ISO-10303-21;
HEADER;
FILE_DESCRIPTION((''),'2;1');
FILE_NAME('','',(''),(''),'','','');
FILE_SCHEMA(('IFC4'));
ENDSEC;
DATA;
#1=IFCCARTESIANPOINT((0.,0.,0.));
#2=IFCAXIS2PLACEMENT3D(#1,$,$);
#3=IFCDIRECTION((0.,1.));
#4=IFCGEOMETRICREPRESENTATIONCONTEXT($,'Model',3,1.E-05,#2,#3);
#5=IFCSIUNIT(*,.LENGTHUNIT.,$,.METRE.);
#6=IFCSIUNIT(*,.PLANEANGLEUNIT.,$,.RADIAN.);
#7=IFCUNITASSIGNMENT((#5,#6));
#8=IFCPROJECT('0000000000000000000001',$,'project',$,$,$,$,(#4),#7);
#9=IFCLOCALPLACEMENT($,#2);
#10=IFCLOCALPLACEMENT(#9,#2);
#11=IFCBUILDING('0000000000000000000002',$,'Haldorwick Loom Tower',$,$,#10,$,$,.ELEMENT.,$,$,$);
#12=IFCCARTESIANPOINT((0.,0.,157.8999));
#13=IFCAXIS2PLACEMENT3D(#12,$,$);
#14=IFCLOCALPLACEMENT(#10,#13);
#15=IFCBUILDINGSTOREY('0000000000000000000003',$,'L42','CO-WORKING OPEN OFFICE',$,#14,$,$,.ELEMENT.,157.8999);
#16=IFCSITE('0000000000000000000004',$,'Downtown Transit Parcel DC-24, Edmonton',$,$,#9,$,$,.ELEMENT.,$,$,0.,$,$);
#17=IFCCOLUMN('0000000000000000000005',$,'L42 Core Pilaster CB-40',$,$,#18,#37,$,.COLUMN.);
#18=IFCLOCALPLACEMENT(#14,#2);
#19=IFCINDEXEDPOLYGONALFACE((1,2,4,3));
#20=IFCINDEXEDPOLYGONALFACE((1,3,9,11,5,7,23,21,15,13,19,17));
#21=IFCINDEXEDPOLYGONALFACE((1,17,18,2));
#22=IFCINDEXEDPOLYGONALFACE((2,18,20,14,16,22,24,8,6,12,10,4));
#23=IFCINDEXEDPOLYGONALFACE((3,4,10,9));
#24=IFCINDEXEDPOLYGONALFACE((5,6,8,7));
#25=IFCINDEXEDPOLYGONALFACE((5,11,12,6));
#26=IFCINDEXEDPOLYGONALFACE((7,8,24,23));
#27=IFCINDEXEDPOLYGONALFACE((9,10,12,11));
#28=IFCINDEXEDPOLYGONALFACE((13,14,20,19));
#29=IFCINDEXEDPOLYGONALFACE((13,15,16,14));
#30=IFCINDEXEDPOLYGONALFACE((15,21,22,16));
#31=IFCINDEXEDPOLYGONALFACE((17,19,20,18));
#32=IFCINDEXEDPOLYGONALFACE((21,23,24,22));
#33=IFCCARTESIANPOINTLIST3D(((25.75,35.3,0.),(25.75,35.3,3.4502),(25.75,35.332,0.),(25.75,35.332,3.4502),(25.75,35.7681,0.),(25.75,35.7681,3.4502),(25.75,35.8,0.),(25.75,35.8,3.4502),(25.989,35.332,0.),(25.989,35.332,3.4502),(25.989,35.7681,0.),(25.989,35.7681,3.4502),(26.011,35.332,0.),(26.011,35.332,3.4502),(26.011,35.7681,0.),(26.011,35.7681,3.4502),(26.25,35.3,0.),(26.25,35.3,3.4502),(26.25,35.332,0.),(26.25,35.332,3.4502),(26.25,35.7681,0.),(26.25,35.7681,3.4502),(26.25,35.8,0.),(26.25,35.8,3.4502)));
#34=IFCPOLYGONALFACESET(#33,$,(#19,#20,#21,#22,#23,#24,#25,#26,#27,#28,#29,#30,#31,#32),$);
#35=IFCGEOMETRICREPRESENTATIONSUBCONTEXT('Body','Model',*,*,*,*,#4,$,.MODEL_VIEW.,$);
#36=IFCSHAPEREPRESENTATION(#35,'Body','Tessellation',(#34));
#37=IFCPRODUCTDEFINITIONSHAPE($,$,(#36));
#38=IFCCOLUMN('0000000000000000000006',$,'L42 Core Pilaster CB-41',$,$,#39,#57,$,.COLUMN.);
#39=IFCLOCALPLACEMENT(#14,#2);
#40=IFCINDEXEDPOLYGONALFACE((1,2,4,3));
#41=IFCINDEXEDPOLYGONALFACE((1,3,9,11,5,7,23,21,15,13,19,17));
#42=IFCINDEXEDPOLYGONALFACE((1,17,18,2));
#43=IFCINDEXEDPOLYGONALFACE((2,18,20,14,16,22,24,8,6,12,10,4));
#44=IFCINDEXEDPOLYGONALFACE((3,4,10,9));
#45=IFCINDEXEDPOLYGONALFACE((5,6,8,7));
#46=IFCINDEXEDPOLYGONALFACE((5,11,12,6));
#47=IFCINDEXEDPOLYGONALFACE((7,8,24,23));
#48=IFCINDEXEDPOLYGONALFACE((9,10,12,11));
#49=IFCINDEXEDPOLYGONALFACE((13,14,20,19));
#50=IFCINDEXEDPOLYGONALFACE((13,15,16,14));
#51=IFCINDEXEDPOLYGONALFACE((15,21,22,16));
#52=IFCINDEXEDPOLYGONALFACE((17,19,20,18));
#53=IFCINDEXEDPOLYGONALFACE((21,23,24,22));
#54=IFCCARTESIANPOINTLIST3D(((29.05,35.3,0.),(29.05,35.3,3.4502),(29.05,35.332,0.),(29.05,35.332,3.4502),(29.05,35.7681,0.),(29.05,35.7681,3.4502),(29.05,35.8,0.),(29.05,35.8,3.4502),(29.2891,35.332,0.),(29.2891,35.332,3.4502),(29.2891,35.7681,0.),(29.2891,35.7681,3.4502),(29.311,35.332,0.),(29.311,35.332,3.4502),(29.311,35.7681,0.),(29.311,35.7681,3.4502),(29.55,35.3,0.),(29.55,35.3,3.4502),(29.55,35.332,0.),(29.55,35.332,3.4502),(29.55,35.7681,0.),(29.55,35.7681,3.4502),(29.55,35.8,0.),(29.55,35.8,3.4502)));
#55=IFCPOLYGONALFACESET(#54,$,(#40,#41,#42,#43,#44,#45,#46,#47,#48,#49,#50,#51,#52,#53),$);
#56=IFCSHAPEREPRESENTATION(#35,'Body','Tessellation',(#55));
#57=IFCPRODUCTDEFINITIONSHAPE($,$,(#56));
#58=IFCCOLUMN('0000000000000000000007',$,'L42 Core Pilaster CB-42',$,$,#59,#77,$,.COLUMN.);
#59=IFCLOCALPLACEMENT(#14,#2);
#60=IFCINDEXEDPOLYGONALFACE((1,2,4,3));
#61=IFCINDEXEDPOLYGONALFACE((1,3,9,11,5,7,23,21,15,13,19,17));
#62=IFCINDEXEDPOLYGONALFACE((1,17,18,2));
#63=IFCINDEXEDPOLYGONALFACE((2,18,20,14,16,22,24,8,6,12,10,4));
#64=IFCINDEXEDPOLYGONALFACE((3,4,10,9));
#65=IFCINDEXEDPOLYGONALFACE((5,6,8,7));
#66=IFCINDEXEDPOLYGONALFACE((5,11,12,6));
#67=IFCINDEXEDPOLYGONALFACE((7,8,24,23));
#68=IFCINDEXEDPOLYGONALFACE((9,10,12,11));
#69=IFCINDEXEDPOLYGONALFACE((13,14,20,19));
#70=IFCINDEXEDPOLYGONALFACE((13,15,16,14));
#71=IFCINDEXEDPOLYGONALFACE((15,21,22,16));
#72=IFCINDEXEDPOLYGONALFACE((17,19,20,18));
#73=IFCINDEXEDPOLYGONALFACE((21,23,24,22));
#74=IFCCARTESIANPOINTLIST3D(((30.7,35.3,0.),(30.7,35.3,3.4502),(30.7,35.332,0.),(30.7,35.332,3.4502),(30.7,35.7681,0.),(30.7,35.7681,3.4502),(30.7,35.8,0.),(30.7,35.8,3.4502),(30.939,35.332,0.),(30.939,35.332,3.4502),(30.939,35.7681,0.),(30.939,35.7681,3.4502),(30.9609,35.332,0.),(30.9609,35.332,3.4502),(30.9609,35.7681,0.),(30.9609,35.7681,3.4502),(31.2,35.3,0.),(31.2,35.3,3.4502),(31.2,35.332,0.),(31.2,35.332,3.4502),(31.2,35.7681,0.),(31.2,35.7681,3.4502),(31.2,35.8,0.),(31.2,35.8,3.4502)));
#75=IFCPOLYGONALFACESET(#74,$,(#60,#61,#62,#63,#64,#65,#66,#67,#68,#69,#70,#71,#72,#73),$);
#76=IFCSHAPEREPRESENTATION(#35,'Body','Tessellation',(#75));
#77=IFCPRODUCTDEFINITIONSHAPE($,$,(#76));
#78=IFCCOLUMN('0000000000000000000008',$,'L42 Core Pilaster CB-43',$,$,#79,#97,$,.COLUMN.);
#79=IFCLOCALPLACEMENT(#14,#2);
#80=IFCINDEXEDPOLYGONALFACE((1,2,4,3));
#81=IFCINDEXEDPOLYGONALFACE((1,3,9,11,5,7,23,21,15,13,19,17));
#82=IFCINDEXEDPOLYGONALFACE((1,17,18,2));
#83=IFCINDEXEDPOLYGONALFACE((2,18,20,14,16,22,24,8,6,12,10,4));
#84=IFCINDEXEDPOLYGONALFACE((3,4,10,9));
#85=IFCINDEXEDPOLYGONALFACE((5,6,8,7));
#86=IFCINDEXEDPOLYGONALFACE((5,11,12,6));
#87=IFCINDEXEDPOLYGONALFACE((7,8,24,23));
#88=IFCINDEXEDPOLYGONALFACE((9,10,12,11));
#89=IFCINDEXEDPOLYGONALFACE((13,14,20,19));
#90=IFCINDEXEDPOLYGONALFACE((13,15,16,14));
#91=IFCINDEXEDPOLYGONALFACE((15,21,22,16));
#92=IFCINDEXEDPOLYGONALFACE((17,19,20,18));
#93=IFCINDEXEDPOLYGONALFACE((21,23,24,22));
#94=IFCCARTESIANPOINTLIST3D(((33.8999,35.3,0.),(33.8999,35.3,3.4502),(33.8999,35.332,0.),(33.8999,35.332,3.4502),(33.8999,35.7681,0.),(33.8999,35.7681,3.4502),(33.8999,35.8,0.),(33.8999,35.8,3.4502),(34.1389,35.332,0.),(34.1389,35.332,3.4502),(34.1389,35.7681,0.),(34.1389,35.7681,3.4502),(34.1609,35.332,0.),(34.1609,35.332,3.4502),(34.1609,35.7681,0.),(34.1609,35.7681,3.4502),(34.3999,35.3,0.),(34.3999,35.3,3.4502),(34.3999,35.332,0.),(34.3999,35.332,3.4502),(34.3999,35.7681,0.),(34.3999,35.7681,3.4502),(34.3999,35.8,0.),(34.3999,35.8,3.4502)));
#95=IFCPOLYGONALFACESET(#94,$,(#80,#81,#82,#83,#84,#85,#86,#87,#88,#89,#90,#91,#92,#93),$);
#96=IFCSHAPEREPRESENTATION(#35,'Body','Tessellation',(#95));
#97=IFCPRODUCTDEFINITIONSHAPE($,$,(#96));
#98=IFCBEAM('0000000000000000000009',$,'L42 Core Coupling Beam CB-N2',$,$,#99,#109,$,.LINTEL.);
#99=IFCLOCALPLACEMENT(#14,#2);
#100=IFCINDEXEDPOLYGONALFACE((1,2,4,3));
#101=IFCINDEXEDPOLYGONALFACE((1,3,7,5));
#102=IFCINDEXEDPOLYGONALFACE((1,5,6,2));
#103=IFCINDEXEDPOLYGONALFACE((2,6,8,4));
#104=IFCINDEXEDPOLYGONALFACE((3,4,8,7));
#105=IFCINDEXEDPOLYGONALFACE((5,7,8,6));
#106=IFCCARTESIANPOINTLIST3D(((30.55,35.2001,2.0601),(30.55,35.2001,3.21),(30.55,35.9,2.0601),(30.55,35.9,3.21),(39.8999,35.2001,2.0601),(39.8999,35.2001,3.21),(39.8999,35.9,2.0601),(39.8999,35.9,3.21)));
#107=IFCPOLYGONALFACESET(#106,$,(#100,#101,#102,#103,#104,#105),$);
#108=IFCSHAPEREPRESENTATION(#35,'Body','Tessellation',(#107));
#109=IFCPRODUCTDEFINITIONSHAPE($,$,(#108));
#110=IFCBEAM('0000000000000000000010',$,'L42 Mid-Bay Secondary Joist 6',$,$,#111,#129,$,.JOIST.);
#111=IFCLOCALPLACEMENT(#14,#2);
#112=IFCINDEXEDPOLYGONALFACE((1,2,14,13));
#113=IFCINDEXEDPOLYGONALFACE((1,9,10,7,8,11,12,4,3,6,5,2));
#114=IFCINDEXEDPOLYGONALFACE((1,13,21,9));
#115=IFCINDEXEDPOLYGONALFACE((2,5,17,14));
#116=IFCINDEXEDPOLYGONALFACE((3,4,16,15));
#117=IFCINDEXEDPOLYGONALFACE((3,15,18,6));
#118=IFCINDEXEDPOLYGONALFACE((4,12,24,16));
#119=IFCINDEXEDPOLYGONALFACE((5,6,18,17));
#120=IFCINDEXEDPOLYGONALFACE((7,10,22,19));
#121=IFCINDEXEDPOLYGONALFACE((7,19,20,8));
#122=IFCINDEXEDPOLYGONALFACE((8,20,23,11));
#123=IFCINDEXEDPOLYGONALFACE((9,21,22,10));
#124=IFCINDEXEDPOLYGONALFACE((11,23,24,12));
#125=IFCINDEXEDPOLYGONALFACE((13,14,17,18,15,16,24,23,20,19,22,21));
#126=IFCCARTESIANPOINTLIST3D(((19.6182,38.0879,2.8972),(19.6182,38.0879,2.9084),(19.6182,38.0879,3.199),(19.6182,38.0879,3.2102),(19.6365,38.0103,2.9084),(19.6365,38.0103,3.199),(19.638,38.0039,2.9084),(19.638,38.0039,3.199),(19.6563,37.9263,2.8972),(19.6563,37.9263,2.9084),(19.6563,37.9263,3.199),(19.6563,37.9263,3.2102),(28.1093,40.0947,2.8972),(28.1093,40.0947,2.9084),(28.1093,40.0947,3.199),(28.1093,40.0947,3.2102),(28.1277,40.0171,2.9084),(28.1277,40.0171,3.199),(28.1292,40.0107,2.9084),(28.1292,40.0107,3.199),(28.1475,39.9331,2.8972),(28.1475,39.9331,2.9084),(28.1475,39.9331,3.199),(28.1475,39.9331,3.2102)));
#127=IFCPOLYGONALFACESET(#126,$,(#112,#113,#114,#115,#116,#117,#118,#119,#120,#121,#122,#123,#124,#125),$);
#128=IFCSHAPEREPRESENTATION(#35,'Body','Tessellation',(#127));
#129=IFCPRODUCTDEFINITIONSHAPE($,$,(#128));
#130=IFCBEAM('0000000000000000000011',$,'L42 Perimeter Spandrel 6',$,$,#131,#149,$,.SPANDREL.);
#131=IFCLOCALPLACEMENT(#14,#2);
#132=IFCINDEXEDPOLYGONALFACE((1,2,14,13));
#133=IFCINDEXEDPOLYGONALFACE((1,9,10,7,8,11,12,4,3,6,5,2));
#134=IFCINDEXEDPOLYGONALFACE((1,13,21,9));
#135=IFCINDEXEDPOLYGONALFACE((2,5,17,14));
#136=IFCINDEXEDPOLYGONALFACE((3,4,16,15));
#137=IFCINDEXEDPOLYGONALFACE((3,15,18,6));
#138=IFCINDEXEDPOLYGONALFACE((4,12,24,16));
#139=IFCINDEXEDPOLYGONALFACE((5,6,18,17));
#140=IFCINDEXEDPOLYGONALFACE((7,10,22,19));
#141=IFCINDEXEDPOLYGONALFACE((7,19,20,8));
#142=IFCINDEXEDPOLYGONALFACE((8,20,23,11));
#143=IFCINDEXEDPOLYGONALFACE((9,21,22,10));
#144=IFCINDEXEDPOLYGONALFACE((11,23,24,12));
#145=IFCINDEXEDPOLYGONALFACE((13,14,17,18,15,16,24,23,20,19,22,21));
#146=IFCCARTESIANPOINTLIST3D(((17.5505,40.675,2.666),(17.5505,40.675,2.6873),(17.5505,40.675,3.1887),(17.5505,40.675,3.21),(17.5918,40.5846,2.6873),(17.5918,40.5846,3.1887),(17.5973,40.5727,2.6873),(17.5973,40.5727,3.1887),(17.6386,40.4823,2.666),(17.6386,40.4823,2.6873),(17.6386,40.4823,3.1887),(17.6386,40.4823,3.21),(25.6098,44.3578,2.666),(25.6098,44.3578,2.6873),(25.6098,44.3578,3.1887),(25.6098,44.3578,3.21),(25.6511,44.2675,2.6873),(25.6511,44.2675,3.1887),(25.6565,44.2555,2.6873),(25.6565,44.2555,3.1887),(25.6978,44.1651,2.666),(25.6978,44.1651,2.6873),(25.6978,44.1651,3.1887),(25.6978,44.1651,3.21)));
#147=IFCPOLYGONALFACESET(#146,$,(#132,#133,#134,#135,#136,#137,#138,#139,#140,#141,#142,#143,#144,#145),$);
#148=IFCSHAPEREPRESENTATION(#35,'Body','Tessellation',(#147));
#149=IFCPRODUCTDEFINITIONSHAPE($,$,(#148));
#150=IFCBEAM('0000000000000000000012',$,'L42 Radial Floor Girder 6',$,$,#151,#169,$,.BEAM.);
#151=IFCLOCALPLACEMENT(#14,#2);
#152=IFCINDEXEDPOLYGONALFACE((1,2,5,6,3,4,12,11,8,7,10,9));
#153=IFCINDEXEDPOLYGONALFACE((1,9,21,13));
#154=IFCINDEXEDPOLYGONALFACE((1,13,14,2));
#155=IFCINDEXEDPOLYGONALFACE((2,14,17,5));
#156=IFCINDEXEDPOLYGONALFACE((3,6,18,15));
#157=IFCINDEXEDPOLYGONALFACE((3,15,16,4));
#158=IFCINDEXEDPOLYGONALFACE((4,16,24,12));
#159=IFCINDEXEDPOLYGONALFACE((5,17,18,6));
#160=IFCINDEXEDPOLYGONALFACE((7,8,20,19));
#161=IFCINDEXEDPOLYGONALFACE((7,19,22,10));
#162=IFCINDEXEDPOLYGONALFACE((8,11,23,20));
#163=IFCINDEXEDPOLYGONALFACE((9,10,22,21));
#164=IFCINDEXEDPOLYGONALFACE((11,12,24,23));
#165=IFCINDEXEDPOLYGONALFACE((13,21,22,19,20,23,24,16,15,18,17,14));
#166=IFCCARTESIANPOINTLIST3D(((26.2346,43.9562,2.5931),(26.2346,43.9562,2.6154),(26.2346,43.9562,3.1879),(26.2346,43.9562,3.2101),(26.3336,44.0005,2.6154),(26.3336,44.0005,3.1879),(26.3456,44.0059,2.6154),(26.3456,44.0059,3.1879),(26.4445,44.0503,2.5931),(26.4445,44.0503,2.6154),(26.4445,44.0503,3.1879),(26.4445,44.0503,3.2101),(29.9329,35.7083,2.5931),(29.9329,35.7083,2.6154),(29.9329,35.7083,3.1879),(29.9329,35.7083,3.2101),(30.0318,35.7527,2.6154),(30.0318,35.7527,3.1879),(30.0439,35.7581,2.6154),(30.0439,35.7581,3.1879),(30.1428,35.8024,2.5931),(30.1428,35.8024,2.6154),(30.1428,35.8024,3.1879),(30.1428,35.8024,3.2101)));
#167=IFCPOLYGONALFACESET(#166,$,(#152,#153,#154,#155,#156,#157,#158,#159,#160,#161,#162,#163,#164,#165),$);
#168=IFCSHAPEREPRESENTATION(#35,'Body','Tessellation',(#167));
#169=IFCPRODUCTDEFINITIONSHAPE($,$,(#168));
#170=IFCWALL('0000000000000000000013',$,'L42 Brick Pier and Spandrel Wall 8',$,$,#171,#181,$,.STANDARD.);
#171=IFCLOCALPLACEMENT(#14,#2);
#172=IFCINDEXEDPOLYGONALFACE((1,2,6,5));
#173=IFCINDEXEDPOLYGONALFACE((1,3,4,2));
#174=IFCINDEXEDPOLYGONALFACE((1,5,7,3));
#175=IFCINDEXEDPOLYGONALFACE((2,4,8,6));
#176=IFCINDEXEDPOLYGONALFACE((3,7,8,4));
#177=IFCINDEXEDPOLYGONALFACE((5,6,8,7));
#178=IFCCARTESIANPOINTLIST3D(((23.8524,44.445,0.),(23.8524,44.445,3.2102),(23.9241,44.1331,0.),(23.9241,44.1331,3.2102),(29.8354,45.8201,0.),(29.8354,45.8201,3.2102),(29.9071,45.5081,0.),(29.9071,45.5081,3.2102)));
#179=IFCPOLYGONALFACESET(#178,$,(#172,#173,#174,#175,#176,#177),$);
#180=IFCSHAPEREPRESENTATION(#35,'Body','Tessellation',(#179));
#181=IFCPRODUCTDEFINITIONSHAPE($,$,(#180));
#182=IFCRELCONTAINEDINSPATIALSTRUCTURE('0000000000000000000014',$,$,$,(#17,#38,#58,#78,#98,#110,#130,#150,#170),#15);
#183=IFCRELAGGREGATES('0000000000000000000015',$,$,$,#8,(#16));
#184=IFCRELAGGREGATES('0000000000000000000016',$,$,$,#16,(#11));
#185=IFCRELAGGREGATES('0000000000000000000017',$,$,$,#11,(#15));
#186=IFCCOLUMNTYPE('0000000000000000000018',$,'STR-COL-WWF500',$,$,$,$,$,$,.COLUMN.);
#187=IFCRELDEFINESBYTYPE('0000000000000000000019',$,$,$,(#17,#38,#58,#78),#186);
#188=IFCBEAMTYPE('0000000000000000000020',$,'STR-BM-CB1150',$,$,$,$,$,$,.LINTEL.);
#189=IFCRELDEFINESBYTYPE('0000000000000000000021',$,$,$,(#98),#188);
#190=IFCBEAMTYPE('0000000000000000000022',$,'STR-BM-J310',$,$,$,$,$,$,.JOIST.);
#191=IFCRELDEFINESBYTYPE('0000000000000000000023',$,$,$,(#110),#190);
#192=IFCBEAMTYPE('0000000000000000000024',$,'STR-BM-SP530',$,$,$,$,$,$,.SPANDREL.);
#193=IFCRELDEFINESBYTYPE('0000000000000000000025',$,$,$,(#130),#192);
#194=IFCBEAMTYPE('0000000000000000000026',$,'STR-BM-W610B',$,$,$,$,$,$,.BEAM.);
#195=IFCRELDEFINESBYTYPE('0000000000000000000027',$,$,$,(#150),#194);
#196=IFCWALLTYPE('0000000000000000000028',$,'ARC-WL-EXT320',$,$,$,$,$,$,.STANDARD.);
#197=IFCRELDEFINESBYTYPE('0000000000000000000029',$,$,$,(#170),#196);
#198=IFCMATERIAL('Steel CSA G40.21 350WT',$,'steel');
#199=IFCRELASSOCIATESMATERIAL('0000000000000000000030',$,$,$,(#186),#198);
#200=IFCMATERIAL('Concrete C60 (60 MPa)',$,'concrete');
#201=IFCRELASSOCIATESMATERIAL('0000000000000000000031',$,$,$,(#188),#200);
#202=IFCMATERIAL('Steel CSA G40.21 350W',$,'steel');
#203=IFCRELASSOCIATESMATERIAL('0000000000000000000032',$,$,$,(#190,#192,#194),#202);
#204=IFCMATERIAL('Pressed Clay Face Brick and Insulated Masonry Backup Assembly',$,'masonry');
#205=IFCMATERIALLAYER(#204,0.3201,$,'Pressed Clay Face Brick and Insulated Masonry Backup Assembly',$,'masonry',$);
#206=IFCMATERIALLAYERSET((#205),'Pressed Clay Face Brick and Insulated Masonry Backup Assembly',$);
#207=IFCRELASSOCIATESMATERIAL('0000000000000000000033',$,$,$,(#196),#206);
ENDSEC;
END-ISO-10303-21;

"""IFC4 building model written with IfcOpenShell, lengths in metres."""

from ifc_helpers import new_model, si_unit, direction, frame, frame_2d, origin, origin_2d, place, context, subcontext, project, spatial, rectangle, i_section, extrude, material, layer, layer_set, material_profile, profile_set, type_object, element, save


model = new_model("IFC4")

# Units and contexts
model_context = context("Model", 3, precision=1e-05, world=origin(), true_north=direction((0.0, 1.0)))
body_context = subcontext(model_context, "Body", "Model", "MODEL_VIEW")
ifc_project = project(units=[si_unit("LENGTHUNIT", "METRE"), si_unit("PLANEANGLEUNIT", "RADIAN")], contexts=[model_context])

# Site, building, storey
site_placement = place(None, origin())
site = spatial("IfcSite", under=ifc_project, at=site_placement, Name="Downtown Transit Parcel DC-24, Edmonton", CompositionType="ELEMENT", RefElevation=0.0)
building_placement = place(site_placement, origin())
building = spatial("IfcBuilding", under=site, at=building_placement, Name="Haldorwick Loom Tower", CompositionType="ELEMENT")
storey_placement = place(building_placement, frame((0.0, 0.0, 157.8999)))
storey = spatial("IfcBuildingStorey", under=building, at=storey_placement, Name="L42", Description="CO-WORKING OPEN OFFICE", CompositionType="ELEMENT", Elevation=157.8999)

# Columns
ifc_material_1 = material(Name="Concrete C60 (60 MPa)", Category="concrete")
ifc_material_2 = material(Name="Steel CSA G40.21 350WT", Category="steel")
ifc_material_profile_1 = material_profile(ifc_material_2, i_section(OverallWidth=0.5, OverallDepth=0.5, WebThickness=0.022, FlangeThickness=0.032, at=origin_2d()), Name="WWF500X500", Category="steel")
ifc_profile_set_1 = profile_set([ifc_material_profile_1], Name="Steel CSA G40.21 350WT")
column_type_1 = type_object("IfcColumnType", Name="STR-COL-WWF500", PredefinedType="COLUMN", material=ifc_profile_set_1)
for number, where, z_axis, x_axis, name in (
    (1, (26.0, 35.55, 0.0), (0.0, 0.0, 1.0), (1.0, 0.0, 0.0), "L42 Core Pilaster CB-40"),
    (2, (29.3, 35.55, 0.0), (0.0, 0.0, 1.0), (1.0, 0.0, 0.0), "L42 Core Pilaster CB-41"),
    (3, (30.95, 35.55, 0.0), (0.0, 0.0, 1.0), (1.0, 0.0, 0.0), "L42 Core Pilaster CB-42"),
    (4, (34.1499, 35.55, 0.0), (0.0, 0.0, 1.0), (1.0, 0.0, 0.0), "L42 Core Pilaster CB-43"),
):
    element("IfcColumn", number, at=place(storey_placement, frame(where, z_axis=z_axis, x_axis=x_axis)), inside=storey, type_object=column_type_1, Name=name, PredefinedType="COLUMN", context=body_context, shape_type="SweptSolid", body=[
        extrude(i_section(OverallWidth=0.5, OverallDepth=0.5, WebThickness=0.022, FlangeThickness=0.032, at=origin_2d()), origin(), (0.0, 0.0, 1.0), 3.4502),
    ])

# Beams
ifc_material_profile_2 = material_profile(ifc_material_1, rectangle(XDim=0.7, YDim=1.1499, at=origin_2d()), Name="RC700X1150", Category="concrete")
ifc_profile_set_2 = profile_set([ifc_material_profile_2], Name="Concrete C60 (60 MPa)")
beam_type_1 = type_object("IfcBeamType", Name="STR-BM-CB1150", PredefinedType="LINTEL", material=ifc_profile_set_2)
beam_1_placement = place(storey_placement, frame((30.55, 35.55, 2.635), z_axis=(1.0, 0.0, 0.0), x_axis=(0.0, 1.0, 0.0)))
element("IfcBeam", 5, at=beam_1_placement, inside=storey, type_object=beam_type_1, Name="L42 Core Coupling Beam CB-N2", PredefinedType="LINTEL", context=body_context, shape_type="SweptSolid", body=[
    extrude(rectangle(XDim=0.7, YDim=1.1499, at=origin_2d()), origin(), (0.0, 0.0, 1.0), 9.3499),
])
ifc_material_3 = material(Name="Steel CSA G40.21 350W", Category="steel")
ifc_material_profile_3 = material_profile(ifc_material_3, i_section(OverallWidth=0.166, OverallDepth=0.313, WebThickness=0.0066, FlangeThickness=0.0112, at=origin_2d()), Name="W310X45", Category="steel")
ifc_profile_set_3 = profile_set([ifc_material_profile_3], Name="Steel CSA G40.21 350W")
beam_type_2 = type_object("IfcBeamType", Name="STR-BM-J310", PredefinedType="JOIST", material=ifc_profile_set_3)
beam_2_placement = place(storey_placement, frame((28.1284, 40.0139, 3.0537), z_axis=(-0.973189, -0.230006, 0.0), x_axis=(0.230006, -0.973189, 0.0)))
element("IfcBeam", 6, at=beam_2_placement, inside=storey, type_object=beam_type_2, Name="L42 Mid-Bay Secondary Joist 6", PredefinedType="JOIST", context=body_context, shape_type="SweptSolid", body=[
    extrude(i_section(OverallWidth=0.166, OverallDepth=0.313, WebThickness=0.0066, FlangeThickness=0.0112, at=origin_2d()), origin(), (0.0, 0.0, 1.0), 8.7251),
])
ifc_material_profile_4 = material_profile(ifc_material_3, i_section(OverallWidth=0.2119, OverallDepth=0.5439, WebThickness=0.0132, FlangeThickness=0.0212, at=origin_2d()), Name="W530X123", Category="steel")
ifc_profile_set_4 = profile_set([ifc_material_profile_4], Name="Steel CSA G40.21 350W")
beam_type_3 = type_object("IfcBeamType", Name="STR-BM-SP530", PredefinedType="SPANDREL", material=ifc_profile_set_4)
beam_3_placement = place(storey_placement, frame((25.6538, 44.2615, 2.938), z_axis=(-0.909534, -0.415629, 0.0), x_axis=(0.415629, -0.909534, 0.0)))
element("IfcBeam", 7, at=beam_3_placement, inside=storey, type_object=beam_type_3, Name="L42 Perimeter Spandrel 6", PredefinedType="SPANDREL", context=body_context, shape_type="SweptSolid", body=[
    extrude(i_section(OverallWidth=0.2119, OverallDepth=0.5439, WebThickness=0.0132, FlangeThickness=0.0212, at=origin_2d()), origin(), (0.0, 0.0, 1.0), 8.8608),
])
ifc_material_profile_5 = material_profile(ifc_material_3, i_section(OverallWidth=0.23, OverallDepth=0.6169, WebThickness=0.0132, FlangeThickness=0.0222, at=origin_2d()), Name="W610X140", Category="steel")
ifc_profile_set_5 = profile_set([ifc_material_profile_5], Name="Steel CSA G40.21 350W")
beam_type_4 = type_object("IfcBeamType", Name="STR-BM-W610B", PredefinedType="BEAM", material=ifc_profile_set_5)
beam_4_placement = place(storey_placement, frame((30.0378, 35.7554, 2.9016), z_axis=(-0.409144, 0.91247, 0.0), x_axis=(-0.91247, -0.409144, 0.0)))
element("IfcBeam", 8, at=beam_4_placement, inside=storey, type_object=beam_type_4, Name="L42 Radial Floor Girder 6", PredefinedType="BEAM", context=body_context, shape_type="SweptSolid", body=[
    extrude(i_section(OverallWidth=0.23, OverallDepth=0.6169, WebThickness=0.0132, FlangeThickness=0.0222, at=origin_2d()), origin(), (0.0, 0.0, 1.0), 9.0391),
])

# Wall
ifc_material_4 = material(Name="Pressed Clay Face Brick and Insulated Masonry Backup Assembly", Category="masonry")
ifc_layer_1 = layer(ifc_material_4, 0.3201, Name="Pressed Clay Face Brick and Insulated Masonry Backup Assembly", Category="masonry")
ifc_layer_set_1 = layer_set([ifc_layer_1], Name="Pressed Clay Face Brick and Insulated Masonry Backup Assembly")
wall_type_1 = type_object("IfcWallType", Name="ARC-WL-EXT320", PredefinedType="STANDARD", material=ifc_layer_set_1)
wall_1_placement = place(storey_placement, frame((29.8711, 45.6641, 0.0), z_axis=(0.0, 0.0, 1.0), x_axis=(-0.974593, -0.223982, 0.0)))
element("IfcWall", 9, at=wall_1_placement, inside=storey, type_object=wall_type_1, Name="L42 Brick Pier and Spandrel Wall 8", PredefinedType="STANDARD", context=body_context, shape_type="SweptSolid", body=[
    extrude(rectangle(XDim=6.1389, YDim=0.3201, at=frame_2d((3.0693, 0.0))), origin(), (0.0, 0.0, 1.0), 3.2102),
])

save(model, "model.ifc")
